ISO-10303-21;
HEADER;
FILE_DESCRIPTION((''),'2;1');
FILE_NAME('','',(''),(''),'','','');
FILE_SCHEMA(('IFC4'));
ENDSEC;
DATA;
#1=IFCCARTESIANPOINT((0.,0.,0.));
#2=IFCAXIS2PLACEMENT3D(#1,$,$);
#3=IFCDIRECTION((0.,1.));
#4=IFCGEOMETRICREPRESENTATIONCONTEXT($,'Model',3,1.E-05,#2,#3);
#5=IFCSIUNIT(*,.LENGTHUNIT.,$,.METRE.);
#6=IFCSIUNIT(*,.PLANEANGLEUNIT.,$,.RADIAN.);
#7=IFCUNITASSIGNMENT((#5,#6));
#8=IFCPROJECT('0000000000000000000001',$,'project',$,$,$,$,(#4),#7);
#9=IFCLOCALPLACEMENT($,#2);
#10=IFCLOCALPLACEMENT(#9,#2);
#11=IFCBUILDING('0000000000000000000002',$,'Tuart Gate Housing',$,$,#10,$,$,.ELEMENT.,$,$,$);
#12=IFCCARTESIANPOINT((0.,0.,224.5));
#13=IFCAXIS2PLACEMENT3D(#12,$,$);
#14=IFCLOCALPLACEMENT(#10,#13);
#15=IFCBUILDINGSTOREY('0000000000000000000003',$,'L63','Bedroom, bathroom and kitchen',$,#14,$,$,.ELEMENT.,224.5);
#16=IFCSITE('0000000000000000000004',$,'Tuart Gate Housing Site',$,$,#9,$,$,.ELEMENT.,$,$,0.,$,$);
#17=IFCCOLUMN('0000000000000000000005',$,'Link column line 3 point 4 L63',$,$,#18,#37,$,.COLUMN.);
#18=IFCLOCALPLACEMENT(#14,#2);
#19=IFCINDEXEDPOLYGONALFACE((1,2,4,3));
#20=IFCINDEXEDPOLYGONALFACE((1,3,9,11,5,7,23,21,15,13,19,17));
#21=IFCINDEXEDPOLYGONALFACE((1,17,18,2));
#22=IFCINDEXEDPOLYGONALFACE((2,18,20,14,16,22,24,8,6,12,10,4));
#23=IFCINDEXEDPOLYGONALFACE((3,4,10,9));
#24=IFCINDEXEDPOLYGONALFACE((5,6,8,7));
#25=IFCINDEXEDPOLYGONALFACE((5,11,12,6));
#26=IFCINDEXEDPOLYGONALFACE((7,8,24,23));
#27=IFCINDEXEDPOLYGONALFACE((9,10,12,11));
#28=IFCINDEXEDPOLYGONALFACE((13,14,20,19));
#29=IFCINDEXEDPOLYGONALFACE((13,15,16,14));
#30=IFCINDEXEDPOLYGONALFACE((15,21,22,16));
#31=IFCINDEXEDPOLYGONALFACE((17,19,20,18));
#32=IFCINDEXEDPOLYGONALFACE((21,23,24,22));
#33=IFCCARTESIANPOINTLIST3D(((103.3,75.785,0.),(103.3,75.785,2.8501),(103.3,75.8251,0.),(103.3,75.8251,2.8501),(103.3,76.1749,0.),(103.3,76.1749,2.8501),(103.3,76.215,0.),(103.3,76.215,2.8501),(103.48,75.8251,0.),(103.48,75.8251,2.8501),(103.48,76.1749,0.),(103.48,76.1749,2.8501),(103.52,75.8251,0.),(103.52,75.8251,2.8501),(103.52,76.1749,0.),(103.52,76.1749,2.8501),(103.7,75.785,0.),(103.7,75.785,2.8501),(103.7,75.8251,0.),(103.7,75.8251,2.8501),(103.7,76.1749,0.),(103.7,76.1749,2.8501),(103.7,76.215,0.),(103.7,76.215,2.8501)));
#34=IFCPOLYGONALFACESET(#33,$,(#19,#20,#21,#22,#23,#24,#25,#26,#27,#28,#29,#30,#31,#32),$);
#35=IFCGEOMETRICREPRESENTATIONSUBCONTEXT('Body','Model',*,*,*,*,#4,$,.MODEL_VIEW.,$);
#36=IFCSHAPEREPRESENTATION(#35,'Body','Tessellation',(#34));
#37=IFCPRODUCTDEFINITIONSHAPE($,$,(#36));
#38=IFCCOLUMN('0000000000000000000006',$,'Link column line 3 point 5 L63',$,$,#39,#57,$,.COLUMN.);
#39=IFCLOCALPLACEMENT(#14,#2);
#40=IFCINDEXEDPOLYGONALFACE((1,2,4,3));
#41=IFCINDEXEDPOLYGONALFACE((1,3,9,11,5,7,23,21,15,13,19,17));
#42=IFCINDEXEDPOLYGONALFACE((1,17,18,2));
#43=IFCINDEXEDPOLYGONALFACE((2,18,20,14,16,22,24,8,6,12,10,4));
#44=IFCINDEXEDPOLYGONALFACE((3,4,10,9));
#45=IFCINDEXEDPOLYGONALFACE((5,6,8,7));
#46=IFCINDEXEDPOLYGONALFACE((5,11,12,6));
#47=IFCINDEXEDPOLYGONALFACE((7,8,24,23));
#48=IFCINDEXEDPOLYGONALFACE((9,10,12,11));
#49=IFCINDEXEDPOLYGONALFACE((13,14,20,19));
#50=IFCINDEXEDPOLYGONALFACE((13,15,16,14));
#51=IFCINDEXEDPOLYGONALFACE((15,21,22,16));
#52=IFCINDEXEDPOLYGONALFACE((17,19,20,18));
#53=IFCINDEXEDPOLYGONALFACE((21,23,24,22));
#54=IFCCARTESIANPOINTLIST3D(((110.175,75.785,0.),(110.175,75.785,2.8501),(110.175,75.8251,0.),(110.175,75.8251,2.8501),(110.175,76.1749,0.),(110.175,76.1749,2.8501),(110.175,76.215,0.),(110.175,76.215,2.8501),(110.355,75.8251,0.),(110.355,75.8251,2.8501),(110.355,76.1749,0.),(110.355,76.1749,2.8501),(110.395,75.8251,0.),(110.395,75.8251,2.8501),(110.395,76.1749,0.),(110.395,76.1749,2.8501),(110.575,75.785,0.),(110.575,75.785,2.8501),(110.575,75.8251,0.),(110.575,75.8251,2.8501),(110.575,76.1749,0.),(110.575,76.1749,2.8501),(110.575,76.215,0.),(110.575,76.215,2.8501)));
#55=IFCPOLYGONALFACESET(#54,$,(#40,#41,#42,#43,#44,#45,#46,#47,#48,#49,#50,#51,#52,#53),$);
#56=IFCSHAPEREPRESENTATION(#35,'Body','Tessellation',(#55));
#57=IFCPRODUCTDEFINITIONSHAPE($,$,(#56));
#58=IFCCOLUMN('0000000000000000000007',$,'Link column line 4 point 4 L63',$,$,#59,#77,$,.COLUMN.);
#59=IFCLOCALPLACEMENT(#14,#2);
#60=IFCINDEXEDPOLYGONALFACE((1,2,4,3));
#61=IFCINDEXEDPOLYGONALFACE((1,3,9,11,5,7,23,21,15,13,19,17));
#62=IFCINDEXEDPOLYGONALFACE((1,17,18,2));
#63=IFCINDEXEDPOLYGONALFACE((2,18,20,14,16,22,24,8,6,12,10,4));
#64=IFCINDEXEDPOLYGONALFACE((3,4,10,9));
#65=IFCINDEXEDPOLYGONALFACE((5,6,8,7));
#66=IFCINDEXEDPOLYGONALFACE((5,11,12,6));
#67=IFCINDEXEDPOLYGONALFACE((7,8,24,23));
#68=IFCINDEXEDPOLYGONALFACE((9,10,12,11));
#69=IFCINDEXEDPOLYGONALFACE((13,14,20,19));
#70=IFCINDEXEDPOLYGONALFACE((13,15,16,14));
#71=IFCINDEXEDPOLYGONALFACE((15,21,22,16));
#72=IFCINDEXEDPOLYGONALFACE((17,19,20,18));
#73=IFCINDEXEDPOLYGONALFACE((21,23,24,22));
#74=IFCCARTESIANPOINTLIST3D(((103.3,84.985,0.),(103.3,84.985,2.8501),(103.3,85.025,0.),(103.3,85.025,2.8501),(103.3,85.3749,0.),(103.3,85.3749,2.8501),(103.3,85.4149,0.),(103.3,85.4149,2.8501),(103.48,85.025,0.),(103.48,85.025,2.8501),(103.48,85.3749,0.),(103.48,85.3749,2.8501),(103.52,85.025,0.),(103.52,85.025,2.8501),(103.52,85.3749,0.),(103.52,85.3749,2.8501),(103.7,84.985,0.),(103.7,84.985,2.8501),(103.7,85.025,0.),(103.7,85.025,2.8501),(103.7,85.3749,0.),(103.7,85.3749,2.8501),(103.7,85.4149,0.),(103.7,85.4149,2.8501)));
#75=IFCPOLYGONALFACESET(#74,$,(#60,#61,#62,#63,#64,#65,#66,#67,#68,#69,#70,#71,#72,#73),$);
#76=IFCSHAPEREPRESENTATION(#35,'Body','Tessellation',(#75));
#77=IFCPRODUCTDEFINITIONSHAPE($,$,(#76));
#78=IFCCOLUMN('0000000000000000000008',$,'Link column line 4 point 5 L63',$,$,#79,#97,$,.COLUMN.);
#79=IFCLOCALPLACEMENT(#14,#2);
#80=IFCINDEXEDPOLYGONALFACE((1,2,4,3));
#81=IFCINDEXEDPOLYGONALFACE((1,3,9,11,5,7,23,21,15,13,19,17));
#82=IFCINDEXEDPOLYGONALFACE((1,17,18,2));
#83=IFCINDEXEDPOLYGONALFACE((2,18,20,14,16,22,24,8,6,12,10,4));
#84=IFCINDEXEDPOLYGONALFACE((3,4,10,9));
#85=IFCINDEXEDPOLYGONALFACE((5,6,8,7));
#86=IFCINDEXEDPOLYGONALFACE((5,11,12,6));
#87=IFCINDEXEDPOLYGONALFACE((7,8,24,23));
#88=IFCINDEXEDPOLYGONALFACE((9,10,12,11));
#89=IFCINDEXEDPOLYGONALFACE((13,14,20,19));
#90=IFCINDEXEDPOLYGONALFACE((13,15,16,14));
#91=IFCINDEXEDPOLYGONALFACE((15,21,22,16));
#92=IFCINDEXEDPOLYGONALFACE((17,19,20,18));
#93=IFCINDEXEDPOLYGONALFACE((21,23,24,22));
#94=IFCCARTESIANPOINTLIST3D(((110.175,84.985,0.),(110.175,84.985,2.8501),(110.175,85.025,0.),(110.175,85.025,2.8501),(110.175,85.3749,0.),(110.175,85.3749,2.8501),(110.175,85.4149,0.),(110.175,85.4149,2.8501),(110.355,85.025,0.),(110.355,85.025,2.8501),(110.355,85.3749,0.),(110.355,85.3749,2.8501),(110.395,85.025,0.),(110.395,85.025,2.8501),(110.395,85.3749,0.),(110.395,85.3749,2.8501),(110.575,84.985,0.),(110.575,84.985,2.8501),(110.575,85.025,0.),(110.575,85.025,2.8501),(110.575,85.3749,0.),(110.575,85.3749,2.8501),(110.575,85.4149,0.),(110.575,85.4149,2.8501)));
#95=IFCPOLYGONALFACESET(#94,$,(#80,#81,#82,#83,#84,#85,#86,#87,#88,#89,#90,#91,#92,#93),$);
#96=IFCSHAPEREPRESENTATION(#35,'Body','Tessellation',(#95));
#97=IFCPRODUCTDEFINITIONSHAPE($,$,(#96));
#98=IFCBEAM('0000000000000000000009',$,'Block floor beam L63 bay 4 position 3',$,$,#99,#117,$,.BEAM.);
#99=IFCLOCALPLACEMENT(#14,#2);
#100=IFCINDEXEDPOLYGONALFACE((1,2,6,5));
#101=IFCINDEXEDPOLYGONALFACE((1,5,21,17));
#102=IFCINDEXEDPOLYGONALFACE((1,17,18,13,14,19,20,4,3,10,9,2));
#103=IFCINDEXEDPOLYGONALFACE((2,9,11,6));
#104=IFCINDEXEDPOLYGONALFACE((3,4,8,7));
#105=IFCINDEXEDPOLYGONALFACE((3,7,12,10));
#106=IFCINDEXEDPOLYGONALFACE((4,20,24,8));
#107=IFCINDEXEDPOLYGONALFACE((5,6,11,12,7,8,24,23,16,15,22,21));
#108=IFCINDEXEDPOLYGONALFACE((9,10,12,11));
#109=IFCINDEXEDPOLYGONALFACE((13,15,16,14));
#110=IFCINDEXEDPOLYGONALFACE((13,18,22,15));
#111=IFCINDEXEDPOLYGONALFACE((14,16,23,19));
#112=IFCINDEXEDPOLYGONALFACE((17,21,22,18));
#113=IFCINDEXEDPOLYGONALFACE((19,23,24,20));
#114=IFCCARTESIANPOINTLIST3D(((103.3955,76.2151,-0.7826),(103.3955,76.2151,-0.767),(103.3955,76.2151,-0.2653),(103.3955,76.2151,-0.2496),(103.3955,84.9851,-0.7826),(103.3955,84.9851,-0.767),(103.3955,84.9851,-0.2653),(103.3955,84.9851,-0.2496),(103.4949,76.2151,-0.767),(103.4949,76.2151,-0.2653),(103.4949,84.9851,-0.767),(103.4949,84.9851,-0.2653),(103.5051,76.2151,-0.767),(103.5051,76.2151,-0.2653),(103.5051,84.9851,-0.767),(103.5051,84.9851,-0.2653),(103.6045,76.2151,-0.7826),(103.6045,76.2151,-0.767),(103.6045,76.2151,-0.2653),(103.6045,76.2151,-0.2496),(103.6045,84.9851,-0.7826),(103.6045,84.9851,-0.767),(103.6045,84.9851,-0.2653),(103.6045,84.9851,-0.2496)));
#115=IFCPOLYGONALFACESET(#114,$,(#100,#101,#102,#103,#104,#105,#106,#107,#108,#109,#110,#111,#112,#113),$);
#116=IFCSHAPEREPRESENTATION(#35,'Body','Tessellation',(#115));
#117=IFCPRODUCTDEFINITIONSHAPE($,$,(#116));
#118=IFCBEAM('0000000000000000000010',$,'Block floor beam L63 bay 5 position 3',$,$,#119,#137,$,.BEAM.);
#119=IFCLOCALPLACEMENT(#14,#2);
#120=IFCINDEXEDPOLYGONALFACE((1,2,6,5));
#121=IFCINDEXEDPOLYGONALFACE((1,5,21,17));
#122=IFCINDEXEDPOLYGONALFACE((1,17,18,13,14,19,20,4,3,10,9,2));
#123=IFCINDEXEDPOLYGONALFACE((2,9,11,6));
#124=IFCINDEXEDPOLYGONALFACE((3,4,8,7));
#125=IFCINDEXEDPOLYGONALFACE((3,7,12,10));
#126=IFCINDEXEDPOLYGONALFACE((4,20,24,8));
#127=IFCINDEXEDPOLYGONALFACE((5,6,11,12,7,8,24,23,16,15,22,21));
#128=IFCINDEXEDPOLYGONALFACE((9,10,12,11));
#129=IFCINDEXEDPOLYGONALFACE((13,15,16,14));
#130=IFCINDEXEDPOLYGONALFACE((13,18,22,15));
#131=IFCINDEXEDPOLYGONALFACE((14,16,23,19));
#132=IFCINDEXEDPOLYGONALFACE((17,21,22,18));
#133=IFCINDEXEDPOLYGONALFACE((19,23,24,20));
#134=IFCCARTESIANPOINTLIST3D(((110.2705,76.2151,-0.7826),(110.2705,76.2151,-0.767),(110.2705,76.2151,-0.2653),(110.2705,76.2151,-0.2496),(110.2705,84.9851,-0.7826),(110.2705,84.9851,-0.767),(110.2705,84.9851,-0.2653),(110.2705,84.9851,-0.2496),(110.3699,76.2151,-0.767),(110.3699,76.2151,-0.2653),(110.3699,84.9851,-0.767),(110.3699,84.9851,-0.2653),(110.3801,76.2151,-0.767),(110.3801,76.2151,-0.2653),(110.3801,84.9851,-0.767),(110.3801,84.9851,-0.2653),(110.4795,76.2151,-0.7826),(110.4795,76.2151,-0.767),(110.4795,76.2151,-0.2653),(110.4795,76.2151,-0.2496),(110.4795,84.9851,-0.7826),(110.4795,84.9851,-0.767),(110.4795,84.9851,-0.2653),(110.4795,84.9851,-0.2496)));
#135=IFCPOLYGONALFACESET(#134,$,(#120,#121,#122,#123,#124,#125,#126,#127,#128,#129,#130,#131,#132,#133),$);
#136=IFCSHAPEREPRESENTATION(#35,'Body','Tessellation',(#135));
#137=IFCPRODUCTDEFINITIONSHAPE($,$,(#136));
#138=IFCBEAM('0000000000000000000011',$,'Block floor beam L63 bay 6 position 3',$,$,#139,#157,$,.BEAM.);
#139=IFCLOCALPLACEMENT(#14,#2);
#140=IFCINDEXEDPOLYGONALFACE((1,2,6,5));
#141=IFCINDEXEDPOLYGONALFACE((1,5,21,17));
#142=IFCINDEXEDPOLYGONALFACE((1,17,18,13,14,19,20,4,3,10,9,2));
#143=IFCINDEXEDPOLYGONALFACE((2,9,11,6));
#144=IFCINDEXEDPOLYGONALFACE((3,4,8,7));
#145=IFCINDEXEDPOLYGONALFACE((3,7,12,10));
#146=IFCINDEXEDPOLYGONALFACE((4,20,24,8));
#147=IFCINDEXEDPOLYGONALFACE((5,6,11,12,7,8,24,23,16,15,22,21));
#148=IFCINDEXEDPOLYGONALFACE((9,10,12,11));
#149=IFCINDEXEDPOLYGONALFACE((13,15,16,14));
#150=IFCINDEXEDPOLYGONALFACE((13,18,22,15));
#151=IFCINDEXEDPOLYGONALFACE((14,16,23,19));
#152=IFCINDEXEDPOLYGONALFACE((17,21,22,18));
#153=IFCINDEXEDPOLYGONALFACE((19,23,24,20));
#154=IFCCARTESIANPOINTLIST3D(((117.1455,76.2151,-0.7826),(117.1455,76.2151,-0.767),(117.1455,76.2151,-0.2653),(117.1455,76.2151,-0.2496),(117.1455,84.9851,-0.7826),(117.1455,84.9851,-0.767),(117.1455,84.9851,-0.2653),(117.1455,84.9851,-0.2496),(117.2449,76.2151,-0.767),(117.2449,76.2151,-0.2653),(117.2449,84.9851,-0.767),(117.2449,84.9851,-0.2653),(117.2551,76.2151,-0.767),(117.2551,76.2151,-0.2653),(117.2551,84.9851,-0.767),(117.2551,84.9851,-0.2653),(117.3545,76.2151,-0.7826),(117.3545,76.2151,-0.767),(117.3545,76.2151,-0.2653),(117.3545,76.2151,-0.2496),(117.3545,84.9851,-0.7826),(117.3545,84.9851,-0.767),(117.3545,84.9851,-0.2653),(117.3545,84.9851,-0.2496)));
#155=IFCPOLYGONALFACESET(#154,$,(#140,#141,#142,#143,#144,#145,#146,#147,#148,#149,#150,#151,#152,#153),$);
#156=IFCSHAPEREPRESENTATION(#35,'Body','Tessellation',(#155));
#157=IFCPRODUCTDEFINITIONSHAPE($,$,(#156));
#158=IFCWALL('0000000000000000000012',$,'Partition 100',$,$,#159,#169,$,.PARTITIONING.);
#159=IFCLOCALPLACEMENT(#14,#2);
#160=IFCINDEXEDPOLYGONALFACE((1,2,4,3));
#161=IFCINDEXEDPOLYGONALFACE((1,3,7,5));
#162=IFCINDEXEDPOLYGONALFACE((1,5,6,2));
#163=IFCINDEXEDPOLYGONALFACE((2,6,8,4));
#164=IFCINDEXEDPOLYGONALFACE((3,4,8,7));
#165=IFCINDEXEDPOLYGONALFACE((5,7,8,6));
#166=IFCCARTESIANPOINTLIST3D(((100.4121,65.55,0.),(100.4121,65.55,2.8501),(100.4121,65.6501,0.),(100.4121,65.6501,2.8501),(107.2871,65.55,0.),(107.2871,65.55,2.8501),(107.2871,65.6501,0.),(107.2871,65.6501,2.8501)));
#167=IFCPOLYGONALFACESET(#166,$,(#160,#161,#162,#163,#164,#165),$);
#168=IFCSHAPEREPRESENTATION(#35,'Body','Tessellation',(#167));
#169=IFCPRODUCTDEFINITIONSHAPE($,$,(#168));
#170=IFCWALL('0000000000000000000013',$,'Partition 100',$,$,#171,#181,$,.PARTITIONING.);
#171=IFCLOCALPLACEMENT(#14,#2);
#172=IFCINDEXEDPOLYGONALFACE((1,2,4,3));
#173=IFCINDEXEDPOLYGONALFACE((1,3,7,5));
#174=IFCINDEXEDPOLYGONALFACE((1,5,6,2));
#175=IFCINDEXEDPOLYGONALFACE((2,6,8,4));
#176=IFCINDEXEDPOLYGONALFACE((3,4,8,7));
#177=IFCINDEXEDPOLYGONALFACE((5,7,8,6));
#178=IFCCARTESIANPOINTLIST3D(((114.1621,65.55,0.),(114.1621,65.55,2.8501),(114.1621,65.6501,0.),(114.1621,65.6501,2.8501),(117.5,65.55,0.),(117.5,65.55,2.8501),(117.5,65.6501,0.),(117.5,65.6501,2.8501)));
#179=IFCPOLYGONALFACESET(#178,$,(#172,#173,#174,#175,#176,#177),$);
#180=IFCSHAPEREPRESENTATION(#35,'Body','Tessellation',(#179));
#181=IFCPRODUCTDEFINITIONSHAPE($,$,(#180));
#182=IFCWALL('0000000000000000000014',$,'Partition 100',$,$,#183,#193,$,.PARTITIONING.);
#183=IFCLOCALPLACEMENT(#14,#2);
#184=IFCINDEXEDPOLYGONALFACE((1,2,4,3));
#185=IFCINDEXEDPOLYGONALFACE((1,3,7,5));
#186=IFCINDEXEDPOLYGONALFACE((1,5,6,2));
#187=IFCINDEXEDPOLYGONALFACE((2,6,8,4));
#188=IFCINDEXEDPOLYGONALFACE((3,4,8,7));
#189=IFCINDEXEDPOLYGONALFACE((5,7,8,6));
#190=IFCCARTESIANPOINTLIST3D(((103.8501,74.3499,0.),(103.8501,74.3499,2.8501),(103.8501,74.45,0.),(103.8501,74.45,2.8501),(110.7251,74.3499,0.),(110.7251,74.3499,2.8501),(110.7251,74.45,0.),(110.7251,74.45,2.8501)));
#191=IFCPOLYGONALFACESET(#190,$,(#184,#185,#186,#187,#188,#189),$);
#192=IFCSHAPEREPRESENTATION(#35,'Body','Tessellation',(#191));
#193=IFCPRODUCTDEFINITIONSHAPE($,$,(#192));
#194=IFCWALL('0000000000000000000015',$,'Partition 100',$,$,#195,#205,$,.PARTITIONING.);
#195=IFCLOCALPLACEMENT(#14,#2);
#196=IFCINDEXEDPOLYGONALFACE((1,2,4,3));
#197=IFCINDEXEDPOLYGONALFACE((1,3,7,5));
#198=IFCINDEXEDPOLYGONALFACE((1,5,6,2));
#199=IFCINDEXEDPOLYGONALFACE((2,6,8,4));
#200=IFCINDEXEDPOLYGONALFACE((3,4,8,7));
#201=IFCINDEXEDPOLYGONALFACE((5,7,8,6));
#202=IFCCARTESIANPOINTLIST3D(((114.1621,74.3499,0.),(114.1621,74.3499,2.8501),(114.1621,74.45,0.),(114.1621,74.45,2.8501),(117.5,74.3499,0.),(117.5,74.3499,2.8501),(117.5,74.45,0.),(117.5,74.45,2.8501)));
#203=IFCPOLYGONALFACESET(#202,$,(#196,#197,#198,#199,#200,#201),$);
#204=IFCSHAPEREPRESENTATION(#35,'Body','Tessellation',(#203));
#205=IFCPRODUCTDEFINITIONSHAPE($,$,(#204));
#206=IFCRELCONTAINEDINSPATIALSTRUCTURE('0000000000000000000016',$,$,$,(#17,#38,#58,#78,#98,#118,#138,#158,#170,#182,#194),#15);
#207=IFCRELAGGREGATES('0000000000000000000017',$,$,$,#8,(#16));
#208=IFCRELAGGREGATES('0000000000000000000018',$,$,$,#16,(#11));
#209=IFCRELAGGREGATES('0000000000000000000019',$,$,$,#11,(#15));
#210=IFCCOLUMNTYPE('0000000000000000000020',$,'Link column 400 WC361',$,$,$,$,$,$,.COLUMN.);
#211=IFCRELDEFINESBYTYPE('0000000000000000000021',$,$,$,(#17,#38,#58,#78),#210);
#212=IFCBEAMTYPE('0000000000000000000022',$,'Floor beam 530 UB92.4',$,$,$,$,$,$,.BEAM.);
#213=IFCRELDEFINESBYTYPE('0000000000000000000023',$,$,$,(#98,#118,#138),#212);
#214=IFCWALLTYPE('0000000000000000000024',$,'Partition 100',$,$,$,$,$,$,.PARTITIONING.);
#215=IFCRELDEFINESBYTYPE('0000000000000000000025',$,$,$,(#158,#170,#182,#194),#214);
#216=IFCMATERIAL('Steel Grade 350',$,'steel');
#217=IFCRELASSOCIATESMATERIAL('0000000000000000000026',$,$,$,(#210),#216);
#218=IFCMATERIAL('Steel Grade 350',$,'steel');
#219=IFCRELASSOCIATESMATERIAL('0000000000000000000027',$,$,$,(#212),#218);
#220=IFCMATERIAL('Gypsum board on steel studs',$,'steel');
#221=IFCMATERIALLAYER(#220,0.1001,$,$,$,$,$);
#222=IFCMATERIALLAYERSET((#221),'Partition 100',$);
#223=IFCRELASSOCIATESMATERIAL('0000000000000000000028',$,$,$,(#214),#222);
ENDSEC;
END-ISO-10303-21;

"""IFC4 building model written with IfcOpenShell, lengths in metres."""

from ifc_helpers import new_model, si_unit, direction, frame, frame_2d, origin, origin_2d, place, context, subcontext, project, spatial, rectangle, i_section, extrude, material, layer, layer_set, material_profile, profile_set, type_object, element, save


model = new_model("IFC4")

# Units and contexts
model_context = context("Model", 3, precision=1e-05, world=origin(), true_north=direction((0.0, 1.0)))
body_context = subcontext(model_context, "Body", "Model", "MODEL_VIEW")
ifc_project = project(units=[si_unit("LENGTHUNIT", "METRE"), si_unit("PLANEANGLEUNIT", "RADIAN")], contexts=[model_context])

# Site, building, storey
site_placement = place(None, origin())
site = spatial("IfcSite", under=ifc_project, at=site_placement, Name="Tuart Gate Housing Site", CompositionType="ELEMENT", RefElevation=0.0)
building_placement = place(site_placement, origin())
building = spatial("IfcBuilding", under=site, at=building_placement, Name="Tuart Gate Housing", CompositionType="ELEMENT")
storey_placement = place(building_placement, frame((0.0, 0.0, 224.5)))
storey = spatial("IfcBuildingStorey", under=building, at=storey_placement, Name="L63", Description="Bedroom, bathroom and kitchen", CompositionType="ELEMENT", Elevation=224.5)

# Columns
ifc_material_1 = material(Name="Steel Grade 350", Category="steel")
ifc_material_profile_1 = material_profile(ifc_material_1, i_section(OverallWidth=0.3999, OverallDepth=0.4299, WebThickness=0.04, FlangeThickness=0.04, at=origin_2d()), Name="400WC361")
ifc_profile_set_1 = profile_set([ifc_material_profile_1], Name="Steel Grade 350")
column_type = type_object("IfcColumnType", Name="Link column 400 WC361", PredefinedType="COLUMN", material=ifc_profile_set_1)
for number, where, z_axis, x_axis, name in (
    (1, (103.5, 76.0, 0.0), (0.0, 0.0, 1.0), (1.0, 0.0, 0.0), "Link column line 3 point 4 L63"),
    (2, (110.375, 76.0, 0.0), (0.0, 0.0, 1.0), (1.0, 0.0, 0.0), "Link column line 3 point 5 L63"),
    (3, (103.5, 85.2, 0.0), (0.0, 0.0, 1.0), (1.0, 0.0, 0.0), "Link column line 4 point 4 L63"),
    (4, (110.375, 85.2, 0.0), (0.0, 0.0, 1.0), (1.0, 0.0, 0.0), "Link column line 4 point 5 L63"),
):
    element("IfcColumn", number, at=place(storey_placement, frame(where, z_axis=z_axis, x_axis=x_axis)), inside=storey, type_object=column_type, Name=name, PredefinedType="COLUMN", context=body_context, shape_type="SweptSolid", body=[
        extrude(i_section(OverallWidth=0.3999, OverallDepth=0.4299, WebThickness=0.04, FlangeThickness=0.04, at=origin_2d()), origin(), (0.0, 0.0, 1.0), 2.8501),
    ])

# Beams
ifc_material_2 = material(Name="Steel Grade 350", Category="steel")
ifc_material_profile_2 = material_profile(ifc_material_2, i_section(OverallWidth=0.209, OverallDepth=0.533, WebThickness=0.0103, FlangeThickness=0.0156, at=origin_2d()), Name="530UB92.4")
ifc_profile_set_2 = profile_set([ifc_material_profile_2], Name="Steel Grade 350")
beam_type = type_object("IfcBeamType", Name="Floor beam 530 UB92.4", PredefinedType="BEAM", material=ifc_profile_set_2)
for number, where, z_axis, x_axis, name in (
    (5, (103.5, 76.2151, -0.5161), (0.0, 1.0, 0.0), (-1.0, 0.0, 0.0), "Block floor beam L63 bay 4 position 3"),
    (6, (110.375, 76.2151, -0.5161), (0.0, 1.0, 0.0), (-1.0, 0.0, 0.0), "Block floor beam L63 bay 5 position 3"),
    (7, (117.25, 76.2151, -0.5161), (0.0, 1.0, 0.0), (-1.0, 0.0, 0.0), "Block floor beam L63 bay 6 position 3"),
):
    element("IfcBeam", number, at=place(storey_placement, frame(where, z_axis=z_axis, x_axis=x_axis)), inside=storey, type_object=beam_type, Name=name, PredefinedType="BEAM", context=body_context, shape_type="SweptSolid", body=[
        extrude(i_section(OverallWidth=0.209, OverallDepth=0.533, WebThickness=0.0103, FlangeThickness=0.0156, at=origin_2d()), origin(), (0.0, 0.0, 1.0), 8.77),
    ])

# Walls
ifc_material_3 = material(Name="Gypsum board on steel studs", Category="steel")
ifc_layer_1 = layer(ifc_material_3, 0.1001)
ifc_layer_set_1 = layer_set([ifc_layer_1], Name="Partition 100")
wall_type_1 = type_object("IfcWallType", Name="Partition 100", PredefinedType="PARTITIONING", material=ifc_layer_set_1)
wall_1_placement = place(storey_placement, frame((100.4121, 65.6001, 0.0), z_axis=(0.0, 0.0, 1.0), x_axis=(1.0, 0.0, 0.0)))
element("IfcWall", 8, at=wall_1_placement, inside=storey, type_object=wall_type_1, Name="Partition 100", PredefinedType="PARTITIONING", context=body_context, shape_type="SweptSolid", body=[
    extrude(rectangle(XDim=6.875, YDim=0.1001, at=frame_2d((3.4375, 0.0))), origin(), (0.0, 0.0, 1.0), 2.8501),
])
wall_2_placement = place(storey_placement, frame((114.1621, 65.6001, 0.0), z_axis=(0.0, 0.0, 1.0), x_axis=(1.0, 0.0, 0.0)))
element("IfcWall", 9, at=wall_2_placement, inside=storey, type_object=wall_type_1, Name="Partition 100", PredefinedType="PARTITIONING", context=body_context, shape_type="SweptSolid", body=[
    extrude(rectangle(XDim=3.3379, YDim=0.1001, at=frame_2d((1.6689, 0.0))), origin(), (0.0, 0.0, 1.0), 2.8501),
])
wall_3_placement = place(storey_placement, frame((103.8501, 74.3999, 0.0), z_axis=(0.0, 0.0, 1.0), x_axis=(1.0, 0.0, 0.0)))
element("IfcWall", 10, at=wall_3_placement, inside=storey, type_object=wall_type_1, Name="Partition 100", PredefinedType="PARTITIONING", context=body_context, shape_type="SweptSolid", body=[
    extrude(rectangle(XDim=6.875, YDim=0.1001, at=frame_2d((3.4375, 0.0))), origin(), (0.0, 0.0, 1.0), 2.8501),
])
wall_4_placement = place(storey_placement, frame((114.1621, 74.3999, 0.0), z_axis=(0.0, 0.0, 1.0), x_axis=(1.0, 0.0, 0.0)))
element("IfcWall", 11, at=wall_4_placement, inside=storey, type_object=wall_type_1, Name="Partition 100", PredefinedType="PARTITIONING", context=body_context, shape_type="SweptSolid", body=[
    extrude(rectangle(XDim=3.3379, YDim=0.1001, at=frame_2d((1.6689, 0.0))), origin(), (0.0, 0.0, 1.0), 2.8501),
])

save(model, "model.ifc")
